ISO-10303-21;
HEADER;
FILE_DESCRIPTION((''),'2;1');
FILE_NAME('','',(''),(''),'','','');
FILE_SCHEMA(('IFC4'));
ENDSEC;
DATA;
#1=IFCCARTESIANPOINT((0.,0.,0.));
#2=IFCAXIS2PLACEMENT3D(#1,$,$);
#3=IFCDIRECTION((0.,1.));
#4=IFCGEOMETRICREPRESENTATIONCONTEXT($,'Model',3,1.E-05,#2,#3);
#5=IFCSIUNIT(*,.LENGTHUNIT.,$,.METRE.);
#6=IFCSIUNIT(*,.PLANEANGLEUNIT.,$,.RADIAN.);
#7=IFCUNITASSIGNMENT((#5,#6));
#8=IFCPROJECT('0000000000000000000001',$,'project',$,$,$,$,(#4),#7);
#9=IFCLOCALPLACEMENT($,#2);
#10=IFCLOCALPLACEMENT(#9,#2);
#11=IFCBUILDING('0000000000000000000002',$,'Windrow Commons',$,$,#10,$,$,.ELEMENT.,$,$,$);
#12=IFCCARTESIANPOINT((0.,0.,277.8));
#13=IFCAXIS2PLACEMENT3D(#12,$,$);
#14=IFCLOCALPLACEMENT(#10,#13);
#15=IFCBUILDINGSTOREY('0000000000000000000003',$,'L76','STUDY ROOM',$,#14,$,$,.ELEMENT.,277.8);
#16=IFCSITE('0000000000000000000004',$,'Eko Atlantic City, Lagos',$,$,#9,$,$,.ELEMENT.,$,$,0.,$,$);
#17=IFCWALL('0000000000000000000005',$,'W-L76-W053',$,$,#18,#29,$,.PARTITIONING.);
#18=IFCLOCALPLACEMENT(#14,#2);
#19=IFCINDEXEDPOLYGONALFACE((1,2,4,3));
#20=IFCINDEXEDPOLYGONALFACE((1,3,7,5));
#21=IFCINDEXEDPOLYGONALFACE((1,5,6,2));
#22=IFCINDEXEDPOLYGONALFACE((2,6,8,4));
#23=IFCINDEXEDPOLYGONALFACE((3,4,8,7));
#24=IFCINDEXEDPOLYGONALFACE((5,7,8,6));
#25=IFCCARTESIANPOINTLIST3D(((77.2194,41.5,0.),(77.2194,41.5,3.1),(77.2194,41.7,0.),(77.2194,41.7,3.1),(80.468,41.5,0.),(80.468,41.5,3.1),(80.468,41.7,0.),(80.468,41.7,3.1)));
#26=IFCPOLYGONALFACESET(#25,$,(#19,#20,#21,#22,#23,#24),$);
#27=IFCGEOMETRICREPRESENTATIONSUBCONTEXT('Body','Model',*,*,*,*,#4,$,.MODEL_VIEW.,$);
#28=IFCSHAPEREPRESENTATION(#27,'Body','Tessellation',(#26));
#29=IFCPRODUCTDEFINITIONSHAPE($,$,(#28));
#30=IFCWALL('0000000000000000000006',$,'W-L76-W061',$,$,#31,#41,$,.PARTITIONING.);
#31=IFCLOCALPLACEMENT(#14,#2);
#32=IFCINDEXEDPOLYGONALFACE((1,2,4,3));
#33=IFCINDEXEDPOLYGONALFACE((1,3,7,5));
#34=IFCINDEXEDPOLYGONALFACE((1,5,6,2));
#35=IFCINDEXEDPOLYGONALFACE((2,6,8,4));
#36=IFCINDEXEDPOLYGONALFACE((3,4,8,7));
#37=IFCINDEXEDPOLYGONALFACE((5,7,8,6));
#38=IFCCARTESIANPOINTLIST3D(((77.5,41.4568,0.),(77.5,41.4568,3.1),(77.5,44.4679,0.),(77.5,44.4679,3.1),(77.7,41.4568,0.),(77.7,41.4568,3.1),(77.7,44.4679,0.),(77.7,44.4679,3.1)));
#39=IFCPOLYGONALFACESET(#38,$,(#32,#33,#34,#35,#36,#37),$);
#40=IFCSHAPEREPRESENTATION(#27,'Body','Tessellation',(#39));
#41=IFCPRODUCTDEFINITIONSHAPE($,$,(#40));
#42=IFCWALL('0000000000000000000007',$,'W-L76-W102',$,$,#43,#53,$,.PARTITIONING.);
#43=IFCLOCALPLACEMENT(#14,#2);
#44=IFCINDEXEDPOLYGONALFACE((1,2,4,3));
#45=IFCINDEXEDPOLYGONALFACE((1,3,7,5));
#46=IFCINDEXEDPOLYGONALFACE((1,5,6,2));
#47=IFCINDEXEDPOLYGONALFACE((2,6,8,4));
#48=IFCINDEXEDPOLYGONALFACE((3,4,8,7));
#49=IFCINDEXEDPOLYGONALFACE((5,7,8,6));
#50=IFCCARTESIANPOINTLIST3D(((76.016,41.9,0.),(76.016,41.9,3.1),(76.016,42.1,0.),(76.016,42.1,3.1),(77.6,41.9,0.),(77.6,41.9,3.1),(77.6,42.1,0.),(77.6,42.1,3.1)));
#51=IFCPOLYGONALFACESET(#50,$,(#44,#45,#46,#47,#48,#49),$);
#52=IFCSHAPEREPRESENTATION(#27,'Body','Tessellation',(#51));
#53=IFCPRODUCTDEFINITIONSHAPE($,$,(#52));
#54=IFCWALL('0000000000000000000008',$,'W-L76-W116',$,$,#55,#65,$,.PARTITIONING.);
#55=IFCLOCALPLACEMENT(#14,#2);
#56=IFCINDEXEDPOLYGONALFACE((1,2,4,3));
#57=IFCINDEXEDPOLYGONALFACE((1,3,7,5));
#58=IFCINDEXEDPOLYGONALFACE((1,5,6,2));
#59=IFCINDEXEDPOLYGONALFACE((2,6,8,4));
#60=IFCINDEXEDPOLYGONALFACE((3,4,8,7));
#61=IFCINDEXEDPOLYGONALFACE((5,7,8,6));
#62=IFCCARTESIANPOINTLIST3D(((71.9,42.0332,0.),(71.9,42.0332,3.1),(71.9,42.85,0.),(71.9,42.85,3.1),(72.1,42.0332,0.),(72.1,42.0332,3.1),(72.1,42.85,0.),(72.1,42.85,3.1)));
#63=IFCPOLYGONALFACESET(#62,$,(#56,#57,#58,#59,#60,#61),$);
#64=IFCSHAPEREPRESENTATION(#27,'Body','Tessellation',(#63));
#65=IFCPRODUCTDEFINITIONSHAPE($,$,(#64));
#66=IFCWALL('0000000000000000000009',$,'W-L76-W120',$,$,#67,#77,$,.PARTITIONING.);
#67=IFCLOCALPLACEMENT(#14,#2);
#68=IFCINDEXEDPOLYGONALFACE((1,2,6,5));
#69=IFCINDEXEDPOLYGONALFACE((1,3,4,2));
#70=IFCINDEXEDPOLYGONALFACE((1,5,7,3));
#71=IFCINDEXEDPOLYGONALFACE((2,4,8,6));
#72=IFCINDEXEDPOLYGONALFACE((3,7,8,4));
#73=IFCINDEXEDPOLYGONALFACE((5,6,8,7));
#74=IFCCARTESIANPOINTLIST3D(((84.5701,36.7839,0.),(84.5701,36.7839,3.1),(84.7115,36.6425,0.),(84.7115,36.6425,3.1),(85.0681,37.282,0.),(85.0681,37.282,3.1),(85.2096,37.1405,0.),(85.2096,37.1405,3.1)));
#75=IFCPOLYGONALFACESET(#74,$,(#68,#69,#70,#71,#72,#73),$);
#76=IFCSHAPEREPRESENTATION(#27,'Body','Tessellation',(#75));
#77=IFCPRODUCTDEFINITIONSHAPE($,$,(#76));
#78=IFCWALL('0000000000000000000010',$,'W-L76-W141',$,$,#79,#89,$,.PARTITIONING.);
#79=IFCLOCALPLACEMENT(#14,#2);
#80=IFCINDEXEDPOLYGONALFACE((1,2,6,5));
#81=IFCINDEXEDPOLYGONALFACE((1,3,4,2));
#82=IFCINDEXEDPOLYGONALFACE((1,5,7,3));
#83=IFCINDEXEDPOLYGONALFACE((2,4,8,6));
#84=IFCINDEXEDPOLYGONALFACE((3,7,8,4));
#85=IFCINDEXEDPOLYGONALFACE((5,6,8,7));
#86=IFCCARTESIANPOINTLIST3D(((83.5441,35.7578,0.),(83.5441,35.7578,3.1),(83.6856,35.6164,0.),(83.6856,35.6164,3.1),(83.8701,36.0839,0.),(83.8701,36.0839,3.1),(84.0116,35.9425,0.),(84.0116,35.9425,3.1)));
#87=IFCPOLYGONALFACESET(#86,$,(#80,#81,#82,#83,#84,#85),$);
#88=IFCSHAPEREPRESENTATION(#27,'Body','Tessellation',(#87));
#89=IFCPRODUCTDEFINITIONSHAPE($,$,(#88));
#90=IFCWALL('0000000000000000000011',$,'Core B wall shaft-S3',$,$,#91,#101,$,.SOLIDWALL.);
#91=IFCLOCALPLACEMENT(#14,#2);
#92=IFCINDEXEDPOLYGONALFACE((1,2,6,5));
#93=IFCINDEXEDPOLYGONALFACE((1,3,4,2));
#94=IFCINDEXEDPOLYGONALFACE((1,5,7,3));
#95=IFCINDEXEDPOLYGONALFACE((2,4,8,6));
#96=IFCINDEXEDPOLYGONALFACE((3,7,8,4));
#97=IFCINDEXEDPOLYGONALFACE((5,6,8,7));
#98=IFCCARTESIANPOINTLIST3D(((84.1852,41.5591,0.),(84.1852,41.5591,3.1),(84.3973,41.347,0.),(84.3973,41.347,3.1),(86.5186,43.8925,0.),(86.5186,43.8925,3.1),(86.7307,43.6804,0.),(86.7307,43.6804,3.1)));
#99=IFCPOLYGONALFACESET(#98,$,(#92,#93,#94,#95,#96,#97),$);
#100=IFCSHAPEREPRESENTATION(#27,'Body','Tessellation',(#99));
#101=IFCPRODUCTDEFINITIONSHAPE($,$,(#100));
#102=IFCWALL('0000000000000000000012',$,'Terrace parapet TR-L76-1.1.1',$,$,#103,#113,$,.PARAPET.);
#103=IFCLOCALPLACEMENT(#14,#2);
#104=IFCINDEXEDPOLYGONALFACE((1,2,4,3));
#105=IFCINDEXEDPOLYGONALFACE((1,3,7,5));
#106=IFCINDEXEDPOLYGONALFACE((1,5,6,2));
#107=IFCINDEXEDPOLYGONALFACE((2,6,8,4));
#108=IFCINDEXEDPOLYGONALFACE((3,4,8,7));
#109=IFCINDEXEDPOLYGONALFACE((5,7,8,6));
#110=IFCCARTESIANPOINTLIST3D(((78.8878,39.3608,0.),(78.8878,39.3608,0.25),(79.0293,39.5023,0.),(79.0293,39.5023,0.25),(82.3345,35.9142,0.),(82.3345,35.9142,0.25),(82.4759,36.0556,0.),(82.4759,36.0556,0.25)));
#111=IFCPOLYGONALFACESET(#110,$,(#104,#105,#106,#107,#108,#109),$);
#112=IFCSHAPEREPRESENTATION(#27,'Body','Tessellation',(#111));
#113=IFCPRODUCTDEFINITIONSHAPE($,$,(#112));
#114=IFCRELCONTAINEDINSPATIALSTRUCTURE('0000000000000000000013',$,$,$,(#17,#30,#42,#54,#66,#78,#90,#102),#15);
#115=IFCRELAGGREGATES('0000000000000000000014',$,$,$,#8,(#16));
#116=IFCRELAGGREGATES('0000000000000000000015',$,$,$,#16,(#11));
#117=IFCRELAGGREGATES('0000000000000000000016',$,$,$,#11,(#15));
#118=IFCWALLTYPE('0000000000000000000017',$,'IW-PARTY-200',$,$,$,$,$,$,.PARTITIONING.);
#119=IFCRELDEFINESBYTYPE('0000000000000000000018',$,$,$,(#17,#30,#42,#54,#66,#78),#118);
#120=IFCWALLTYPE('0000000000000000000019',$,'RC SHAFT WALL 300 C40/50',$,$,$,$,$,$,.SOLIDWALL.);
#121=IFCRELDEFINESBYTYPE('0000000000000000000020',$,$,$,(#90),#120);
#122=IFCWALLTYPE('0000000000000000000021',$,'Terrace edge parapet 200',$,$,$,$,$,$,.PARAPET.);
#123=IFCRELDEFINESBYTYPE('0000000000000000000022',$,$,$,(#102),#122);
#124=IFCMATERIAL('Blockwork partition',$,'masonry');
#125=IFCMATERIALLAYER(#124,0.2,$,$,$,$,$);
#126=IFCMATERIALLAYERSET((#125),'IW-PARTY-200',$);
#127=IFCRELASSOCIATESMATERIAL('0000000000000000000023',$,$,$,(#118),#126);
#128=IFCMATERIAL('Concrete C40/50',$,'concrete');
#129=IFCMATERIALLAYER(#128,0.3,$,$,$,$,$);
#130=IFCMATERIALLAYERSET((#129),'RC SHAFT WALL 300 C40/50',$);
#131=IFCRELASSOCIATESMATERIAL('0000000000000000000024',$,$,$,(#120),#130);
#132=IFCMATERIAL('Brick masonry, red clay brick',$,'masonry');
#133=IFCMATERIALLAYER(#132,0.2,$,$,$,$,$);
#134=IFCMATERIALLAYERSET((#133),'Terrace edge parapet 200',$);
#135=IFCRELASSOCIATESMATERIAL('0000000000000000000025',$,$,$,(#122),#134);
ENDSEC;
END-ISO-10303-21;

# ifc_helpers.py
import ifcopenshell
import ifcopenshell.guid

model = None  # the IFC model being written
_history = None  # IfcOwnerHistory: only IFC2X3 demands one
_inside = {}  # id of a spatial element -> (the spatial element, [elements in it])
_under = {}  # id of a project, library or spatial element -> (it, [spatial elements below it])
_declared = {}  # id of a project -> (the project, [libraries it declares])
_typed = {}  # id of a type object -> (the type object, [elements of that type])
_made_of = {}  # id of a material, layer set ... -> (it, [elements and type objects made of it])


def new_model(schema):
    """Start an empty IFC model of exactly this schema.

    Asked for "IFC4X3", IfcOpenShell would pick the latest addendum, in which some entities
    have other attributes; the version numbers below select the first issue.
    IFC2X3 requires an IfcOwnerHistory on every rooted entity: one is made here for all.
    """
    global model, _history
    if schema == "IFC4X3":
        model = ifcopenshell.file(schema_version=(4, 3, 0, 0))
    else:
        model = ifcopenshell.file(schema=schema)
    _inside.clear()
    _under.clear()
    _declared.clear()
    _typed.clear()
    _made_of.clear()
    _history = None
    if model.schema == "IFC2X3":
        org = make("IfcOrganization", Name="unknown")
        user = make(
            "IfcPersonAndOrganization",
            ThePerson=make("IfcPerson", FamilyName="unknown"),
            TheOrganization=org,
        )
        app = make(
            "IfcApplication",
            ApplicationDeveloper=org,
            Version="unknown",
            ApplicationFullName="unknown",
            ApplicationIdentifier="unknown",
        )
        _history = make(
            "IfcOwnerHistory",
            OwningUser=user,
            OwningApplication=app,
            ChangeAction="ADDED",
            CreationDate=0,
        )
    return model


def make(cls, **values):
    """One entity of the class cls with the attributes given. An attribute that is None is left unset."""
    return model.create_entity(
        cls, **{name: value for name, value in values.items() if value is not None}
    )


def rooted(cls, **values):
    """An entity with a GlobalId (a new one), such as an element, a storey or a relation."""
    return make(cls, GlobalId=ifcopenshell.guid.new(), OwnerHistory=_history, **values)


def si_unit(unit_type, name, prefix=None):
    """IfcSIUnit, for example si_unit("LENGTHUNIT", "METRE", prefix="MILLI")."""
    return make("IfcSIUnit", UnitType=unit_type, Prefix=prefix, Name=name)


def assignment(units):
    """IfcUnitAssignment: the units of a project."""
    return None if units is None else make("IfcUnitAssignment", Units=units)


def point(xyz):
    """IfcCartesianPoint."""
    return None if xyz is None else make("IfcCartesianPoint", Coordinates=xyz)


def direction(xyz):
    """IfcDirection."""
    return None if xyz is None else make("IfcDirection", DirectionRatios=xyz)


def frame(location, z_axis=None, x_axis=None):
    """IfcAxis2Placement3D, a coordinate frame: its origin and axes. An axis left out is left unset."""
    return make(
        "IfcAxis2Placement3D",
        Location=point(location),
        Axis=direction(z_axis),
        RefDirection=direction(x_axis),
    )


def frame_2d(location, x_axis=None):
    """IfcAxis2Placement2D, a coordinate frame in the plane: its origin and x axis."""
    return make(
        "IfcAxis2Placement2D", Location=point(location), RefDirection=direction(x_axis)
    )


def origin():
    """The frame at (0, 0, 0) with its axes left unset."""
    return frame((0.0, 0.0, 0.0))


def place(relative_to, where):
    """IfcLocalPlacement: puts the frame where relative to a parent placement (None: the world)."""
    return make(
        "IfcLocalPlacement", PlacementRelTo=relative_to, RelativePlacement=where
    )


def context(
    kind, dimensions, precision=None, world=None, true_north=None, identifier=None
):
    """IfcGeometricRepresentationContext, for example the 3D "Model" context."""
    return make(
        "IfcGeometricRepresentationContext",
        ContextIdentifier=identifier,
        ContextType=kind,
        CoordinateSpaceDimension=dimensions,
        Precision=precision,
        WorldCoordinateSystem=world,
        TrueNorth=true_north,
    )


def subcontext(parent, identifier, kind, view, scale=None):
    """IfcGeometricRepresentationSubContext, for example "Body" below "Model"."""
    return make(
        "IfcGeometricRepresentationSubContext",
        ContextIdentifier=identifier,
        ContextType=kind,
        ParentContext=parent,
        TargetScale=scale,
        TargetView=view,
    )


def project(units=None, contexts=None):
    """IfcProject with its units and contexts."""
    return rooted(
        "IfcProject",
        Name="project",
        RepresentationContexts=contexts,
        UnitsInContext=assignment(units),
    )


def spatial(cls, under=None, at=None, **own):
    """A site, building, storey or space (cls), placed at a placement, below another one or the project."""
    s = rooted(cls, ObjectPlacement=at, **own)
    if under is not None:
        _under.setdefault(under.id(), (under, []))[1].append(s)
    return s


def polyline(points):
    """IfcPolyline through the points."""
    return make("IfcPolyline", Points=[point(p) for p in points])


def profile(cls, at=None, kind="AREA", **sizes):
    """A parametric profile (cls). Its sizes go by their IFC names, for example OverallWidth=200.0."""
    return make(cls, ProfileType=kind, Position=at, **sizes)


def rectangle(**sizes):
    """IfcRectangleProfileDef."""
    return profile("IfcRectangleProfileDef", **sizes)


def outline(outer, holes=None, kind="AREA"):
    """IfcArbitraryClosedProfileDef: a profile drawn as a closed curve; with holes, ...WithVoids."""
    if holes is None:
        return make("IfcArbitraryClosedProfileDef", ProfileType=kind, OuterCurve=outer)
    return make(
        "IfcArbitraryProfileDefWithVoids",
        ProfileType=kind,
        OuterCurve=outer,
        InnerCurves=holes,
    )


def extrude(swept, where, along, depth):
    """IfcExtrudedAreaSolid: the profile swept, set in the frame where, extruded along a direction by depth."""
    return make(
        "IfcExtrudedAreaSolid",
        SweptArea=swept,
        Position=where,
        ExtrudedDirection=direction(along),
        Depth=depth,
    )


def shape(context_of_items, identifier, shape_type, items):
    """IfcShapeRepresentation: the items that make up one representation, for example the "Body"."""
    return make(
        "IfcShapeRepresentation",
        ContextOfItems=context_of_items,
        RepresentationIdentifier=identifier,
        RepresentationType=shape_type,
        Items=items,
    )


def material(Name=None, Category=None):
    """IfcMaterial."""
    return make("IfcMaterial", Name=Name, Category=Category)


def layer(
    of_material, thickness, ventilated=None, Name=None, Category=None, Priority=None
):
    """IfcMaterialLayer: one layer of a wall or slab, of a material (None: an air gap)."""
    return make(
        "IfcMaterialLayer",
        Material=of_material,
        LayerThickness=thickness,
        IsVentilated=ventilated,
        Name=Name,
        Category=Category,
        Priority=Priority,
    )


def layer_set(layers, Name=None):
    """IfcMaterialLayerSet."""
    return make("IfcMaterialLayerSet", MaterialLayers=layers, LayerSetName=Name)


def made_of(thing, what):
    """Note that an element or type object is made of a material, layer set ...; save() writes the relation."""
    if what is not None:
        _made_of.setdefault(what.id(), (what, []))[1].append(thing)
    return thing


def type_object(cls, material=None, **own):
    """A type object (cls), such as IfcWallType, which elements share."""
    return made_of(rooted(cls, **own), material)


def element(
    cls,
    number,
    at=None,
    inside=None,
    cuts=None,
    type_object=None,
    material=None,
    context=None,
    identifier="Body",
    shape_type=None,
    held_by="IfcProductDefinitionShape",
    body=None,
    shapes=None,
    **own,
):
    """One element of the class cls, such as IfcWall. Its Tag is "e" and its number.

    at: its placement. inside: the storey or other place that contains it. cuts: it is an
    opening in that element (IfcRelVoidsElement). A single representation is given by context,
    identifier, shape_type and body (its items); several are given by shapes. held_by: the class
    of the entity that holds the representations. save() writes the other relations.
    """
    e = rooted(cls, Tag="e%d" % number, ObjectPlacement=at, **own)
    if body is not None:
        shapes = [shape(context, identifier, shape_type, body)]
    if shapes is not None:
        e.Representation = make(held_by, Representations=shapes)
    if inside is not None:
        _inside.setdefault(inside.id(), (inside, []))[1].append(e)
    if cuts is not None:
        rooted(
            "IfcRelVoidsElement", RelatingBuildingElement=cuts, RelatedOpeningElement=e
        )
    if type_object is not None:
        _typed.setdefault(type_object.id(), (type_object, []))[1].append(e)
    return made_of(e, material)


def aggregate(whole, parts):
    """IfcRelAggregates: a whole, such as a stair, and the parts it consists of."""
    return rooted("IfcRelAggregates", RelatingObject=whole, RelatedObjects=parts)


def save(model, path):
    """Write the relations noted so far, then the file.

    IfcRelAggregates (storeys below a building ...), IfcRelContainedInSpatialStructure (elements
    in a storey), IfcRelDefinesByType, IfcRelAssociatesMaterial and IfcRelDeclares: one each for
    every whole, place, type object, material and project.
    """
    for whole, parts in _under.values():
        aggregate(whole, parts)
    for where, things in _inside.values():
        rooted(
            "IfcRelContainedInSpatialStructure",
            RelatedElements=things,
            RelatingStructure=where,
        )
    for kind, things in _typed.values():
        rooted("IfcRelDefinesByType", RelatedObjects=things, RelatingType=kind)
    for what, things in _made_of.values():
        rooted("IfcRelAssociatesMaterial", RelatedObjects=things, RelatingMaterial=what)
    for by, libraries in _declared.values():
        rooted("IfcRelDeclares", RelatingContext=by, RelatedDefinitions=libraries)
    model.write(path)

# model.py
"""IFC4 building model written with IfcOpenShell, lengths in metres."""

from ifc_helpers import new_model, si_unit, direction, frame, frame_2d, origin, place, context, subcontext, project, spatial, polyline, rectangle, outline, extrude, material, layer, layer_set, type_object, element, save


model = new_model("IFC4")

# Units and contexts
model_context = context("Model", 3, precision=1e-05, world=origin(), true_north=direction((0.0, 1.0)))
body_context = subcontext(model_context, "Body", "Model", "MODEL_VIEW")
ifc_project = project(units=[si_unit("LENGTHUNIT", "METRE"), si_unit("PLANEANGLEUNIT", "RADIAN")], contexts=[model_context])

# Site, building, storey
site_placement = place(None, origin())
site = spatial("IfcSite", under=ifc_project, at=site_placement, Name="Eko Atlantic City, Lagos", CompositionType="ELEMENT", RefElevation=0.0)
building_placement = place(site_placement, origin())
building = spatial("IfcBuilding", under=site, at=building_placement, Name="Windrow Commons", CompositionType="ELEMENT")
storey_placement = place(building_placement, frame((0.0, 0.0, 277.8)))
storey = spatial("IfcBuildingStorey", under=building, at=storey_placement, Name="L76", Description="STUDY ROOM", CompositionType="ELEMENT", Elevation=277.8)

# Walls
ifc_material_1 = material(Name="Blockwork partition", Category="masonry")
ifc_layer_1 = layer(ifc_material_1, 0.2)
ifc_layer_set_1 = layer_set([ifc_layer_1], Name="IW-PARTY-200")
wall_type_1 = type_object("IfcWallType", Name="IW-PARTY-200", PredefinedType="PARTITIONING", material=ifc_layer_set_1)
wall_1_placement = place(storey_placement, frame((77.2195, 41.6, 0.0), z_axis=(0.0, 0.0, 1.0), x_axis=(1.0, 0.0, 0.0)))
element("IfcWall", 1, at=wall_1_placement, inside=storey, type_object=wall_type_1, Name="W-L76-W053", PredefinedType="PARTITIONING", context=body_context, shape_type="SweptSolid", body=[
    extrude(rectangle(XDim=3.2485, YDim=0.2, at=frame_2d((1.6242, 0.0))), origin(), (0.0, 0.0, 1.0), 3.1),
])
wall_2_placement = place(storey_placement, frame((77.6, 41.4569, 0.0), z_axis=(0.0, 0.0, 1.0), x_axis=(0.0, 1.0, 0.0)))
element("IfcWall", 2, at=wall_2_placement, inside=storey, type_object=wall_type_1, Name="W-L76-W061", PredefinedType="PARTITIONING", context=body_context, shape_type="SweptSolid", body=[
    extrude(rectangle(XDim=3.0111, YDim=0.2, at=frame_2d((1.5055, 0.0))), origin(), (0.0, 0.0, 1.0), 3.1),
])
wall_3_placement = place(storey_placement, frame((76.0159, 42.0, 0.0), z_axis=(0.0, 0.0, 1.0), x_axis=(1.0, 0.0, 0.0)))
element("IfcWall", 3, at=wall_3_placement, inside=storey, type_object=wall_type_1, Name="W-L76-W102", PredefinedType="PARTITIONING", context=body_context, shape_type="SweptSolid", body=[
    extrude(rectangle(XDim=1.5841, YDim=0.2, at=frame_2d((0.7921, 0.0))), origin(), (0.0, 0.0, 1.0), 3.1),
])
wall_4_placement = place(storey_placement, frame((72.0, 42.0332, 0.0), z_axis=(0.0, 0.0, 1.0), x_axis=(0.0, 1.0, 0.0)))
element("IfcWall", 4, at=wall_4_placement, inside=storey, type_object=wall_type_1, Name="W-L76-W116", PredefinedType="PARTITIONING", context=body_context, shape_type="SweptSolid", body=[
    extrude(rectangle(XDim=0.8168, YDim=0.2, at=frame_2d((0.4084, 0.0))), origin(), (0.0, 0.0, 1.0), 3.1),
])
wall_5_placement = place(storey_placement, frame((84.6408, 36.7132, 0.0), z_axis=(0.0, 0.0, 1.0), x_axis=(0.707107, 0.707107, 0.0)))
element("IfcWall", 5, at=wall_5_placement, inside=storey, type_object=wall_type_1, Name="W-L76-W120", PredefinedType="PARTITIONING", context=body_context, shape_type="SweptSolid", body=[
    extrude(rectangle(XDim=0.7043, YDim=0.2, at=frame_2d((0.3522, 0.0))), origin(), (0.0, 0.0, 1.0), 3.1),
])
wall_6_placement = place(storey_placement, frame((83.6148, 35.6871, 0.0), z_axis=(0.0, 0.0, 1.0), x_axis=(0.706998, 0.707215, 0.0)))
element("IfcWall", 6, at=wall_6_placement, inside=storey, type_object=wall_type_1, Name="W-L76-W141", PredefinedType="PARTITIONING", context=body_context, shape_type="SweptSolid", body=[
    extrude(rectangle(XDim=0.4611, YDim=0.2, at=frame_2d((0.2306, 0.0))), origin(), (0.0, 0.0, 1.0), 3.1),
])
ifc_material_2 = material(Name="Concrete C40/50", Category="concrete")
ifc_layer_2 = layer(ifc_material_2, 0.3)
ifc_layer_set_2 = layer_set([ifc_layer_2], Name="RC SHAFT WALL 300 C40/50")
wall_type_2 = type_object("IfcWallType", Name="RC SHAFT WALL 300 C40/50", PredefinedType="SOLIDWALL", material=ifc_layer_set_2)
wall_7_placement = place(storey_placement, frame((84.2912, 41.453, 0.0), z_axis=(0.0, 0.0, 1.0), x_axis=(0.707107, 0.707107, 0.0)))
element("IfcWall", 7, at=wall_7_placement, inside=storey, type_object=wall_type_2, Name="Core B wall shaft-S3", PredefinedType="SOLIDWALL", context=body_context, shape_type="SweptSolid", body=[
    extrude(rectangle(XDim=3.2999, YDim=0.3, at=frame_2d((1.65, 0.0))), origin(), (0.0, 0.0, 1.0), 3.1),
])
ifc_material_3 = material(Name="Brick masonry, red clay brick", Category="masonry")
ifc_layer_3 = layer(ifc_material_3, 0.2)
ifc_layer_set_3 = layer_set([ifc_layer_3], Name="Terrace edge parapet 200")
wall_type_3 = type_object("IfcWallType", Name="Terrace edge parapet 200", PredefinedType="PARAPET", material=ifc_layer_set_3)
wall_8_placement = place(storey_placement, frame((82.4052, 35.9849, 0.0), z_axis=(0.0, 0.0, 1.0), x_axis=(-0.707107, 0.707107, 0.0)))
element("IfcWall", 8, at=wall_8_placement, inside=storey, type_object=wall_type_3, Name="Terrace parapet TR-L76-1.1.1", PredefinedType="PARAPET", context=body_context, shape_type="SweptSolid", body=[
    extrude(outline(polyline([(0.0, -0.1), (4.8743, -0.1), (4.8743, 0.1), (0.0, 0.1), (0.0, -0.1)])), origin(), (0.0, 0.0, 1.0), 0.25),
])

save(model, "model.ifc")
